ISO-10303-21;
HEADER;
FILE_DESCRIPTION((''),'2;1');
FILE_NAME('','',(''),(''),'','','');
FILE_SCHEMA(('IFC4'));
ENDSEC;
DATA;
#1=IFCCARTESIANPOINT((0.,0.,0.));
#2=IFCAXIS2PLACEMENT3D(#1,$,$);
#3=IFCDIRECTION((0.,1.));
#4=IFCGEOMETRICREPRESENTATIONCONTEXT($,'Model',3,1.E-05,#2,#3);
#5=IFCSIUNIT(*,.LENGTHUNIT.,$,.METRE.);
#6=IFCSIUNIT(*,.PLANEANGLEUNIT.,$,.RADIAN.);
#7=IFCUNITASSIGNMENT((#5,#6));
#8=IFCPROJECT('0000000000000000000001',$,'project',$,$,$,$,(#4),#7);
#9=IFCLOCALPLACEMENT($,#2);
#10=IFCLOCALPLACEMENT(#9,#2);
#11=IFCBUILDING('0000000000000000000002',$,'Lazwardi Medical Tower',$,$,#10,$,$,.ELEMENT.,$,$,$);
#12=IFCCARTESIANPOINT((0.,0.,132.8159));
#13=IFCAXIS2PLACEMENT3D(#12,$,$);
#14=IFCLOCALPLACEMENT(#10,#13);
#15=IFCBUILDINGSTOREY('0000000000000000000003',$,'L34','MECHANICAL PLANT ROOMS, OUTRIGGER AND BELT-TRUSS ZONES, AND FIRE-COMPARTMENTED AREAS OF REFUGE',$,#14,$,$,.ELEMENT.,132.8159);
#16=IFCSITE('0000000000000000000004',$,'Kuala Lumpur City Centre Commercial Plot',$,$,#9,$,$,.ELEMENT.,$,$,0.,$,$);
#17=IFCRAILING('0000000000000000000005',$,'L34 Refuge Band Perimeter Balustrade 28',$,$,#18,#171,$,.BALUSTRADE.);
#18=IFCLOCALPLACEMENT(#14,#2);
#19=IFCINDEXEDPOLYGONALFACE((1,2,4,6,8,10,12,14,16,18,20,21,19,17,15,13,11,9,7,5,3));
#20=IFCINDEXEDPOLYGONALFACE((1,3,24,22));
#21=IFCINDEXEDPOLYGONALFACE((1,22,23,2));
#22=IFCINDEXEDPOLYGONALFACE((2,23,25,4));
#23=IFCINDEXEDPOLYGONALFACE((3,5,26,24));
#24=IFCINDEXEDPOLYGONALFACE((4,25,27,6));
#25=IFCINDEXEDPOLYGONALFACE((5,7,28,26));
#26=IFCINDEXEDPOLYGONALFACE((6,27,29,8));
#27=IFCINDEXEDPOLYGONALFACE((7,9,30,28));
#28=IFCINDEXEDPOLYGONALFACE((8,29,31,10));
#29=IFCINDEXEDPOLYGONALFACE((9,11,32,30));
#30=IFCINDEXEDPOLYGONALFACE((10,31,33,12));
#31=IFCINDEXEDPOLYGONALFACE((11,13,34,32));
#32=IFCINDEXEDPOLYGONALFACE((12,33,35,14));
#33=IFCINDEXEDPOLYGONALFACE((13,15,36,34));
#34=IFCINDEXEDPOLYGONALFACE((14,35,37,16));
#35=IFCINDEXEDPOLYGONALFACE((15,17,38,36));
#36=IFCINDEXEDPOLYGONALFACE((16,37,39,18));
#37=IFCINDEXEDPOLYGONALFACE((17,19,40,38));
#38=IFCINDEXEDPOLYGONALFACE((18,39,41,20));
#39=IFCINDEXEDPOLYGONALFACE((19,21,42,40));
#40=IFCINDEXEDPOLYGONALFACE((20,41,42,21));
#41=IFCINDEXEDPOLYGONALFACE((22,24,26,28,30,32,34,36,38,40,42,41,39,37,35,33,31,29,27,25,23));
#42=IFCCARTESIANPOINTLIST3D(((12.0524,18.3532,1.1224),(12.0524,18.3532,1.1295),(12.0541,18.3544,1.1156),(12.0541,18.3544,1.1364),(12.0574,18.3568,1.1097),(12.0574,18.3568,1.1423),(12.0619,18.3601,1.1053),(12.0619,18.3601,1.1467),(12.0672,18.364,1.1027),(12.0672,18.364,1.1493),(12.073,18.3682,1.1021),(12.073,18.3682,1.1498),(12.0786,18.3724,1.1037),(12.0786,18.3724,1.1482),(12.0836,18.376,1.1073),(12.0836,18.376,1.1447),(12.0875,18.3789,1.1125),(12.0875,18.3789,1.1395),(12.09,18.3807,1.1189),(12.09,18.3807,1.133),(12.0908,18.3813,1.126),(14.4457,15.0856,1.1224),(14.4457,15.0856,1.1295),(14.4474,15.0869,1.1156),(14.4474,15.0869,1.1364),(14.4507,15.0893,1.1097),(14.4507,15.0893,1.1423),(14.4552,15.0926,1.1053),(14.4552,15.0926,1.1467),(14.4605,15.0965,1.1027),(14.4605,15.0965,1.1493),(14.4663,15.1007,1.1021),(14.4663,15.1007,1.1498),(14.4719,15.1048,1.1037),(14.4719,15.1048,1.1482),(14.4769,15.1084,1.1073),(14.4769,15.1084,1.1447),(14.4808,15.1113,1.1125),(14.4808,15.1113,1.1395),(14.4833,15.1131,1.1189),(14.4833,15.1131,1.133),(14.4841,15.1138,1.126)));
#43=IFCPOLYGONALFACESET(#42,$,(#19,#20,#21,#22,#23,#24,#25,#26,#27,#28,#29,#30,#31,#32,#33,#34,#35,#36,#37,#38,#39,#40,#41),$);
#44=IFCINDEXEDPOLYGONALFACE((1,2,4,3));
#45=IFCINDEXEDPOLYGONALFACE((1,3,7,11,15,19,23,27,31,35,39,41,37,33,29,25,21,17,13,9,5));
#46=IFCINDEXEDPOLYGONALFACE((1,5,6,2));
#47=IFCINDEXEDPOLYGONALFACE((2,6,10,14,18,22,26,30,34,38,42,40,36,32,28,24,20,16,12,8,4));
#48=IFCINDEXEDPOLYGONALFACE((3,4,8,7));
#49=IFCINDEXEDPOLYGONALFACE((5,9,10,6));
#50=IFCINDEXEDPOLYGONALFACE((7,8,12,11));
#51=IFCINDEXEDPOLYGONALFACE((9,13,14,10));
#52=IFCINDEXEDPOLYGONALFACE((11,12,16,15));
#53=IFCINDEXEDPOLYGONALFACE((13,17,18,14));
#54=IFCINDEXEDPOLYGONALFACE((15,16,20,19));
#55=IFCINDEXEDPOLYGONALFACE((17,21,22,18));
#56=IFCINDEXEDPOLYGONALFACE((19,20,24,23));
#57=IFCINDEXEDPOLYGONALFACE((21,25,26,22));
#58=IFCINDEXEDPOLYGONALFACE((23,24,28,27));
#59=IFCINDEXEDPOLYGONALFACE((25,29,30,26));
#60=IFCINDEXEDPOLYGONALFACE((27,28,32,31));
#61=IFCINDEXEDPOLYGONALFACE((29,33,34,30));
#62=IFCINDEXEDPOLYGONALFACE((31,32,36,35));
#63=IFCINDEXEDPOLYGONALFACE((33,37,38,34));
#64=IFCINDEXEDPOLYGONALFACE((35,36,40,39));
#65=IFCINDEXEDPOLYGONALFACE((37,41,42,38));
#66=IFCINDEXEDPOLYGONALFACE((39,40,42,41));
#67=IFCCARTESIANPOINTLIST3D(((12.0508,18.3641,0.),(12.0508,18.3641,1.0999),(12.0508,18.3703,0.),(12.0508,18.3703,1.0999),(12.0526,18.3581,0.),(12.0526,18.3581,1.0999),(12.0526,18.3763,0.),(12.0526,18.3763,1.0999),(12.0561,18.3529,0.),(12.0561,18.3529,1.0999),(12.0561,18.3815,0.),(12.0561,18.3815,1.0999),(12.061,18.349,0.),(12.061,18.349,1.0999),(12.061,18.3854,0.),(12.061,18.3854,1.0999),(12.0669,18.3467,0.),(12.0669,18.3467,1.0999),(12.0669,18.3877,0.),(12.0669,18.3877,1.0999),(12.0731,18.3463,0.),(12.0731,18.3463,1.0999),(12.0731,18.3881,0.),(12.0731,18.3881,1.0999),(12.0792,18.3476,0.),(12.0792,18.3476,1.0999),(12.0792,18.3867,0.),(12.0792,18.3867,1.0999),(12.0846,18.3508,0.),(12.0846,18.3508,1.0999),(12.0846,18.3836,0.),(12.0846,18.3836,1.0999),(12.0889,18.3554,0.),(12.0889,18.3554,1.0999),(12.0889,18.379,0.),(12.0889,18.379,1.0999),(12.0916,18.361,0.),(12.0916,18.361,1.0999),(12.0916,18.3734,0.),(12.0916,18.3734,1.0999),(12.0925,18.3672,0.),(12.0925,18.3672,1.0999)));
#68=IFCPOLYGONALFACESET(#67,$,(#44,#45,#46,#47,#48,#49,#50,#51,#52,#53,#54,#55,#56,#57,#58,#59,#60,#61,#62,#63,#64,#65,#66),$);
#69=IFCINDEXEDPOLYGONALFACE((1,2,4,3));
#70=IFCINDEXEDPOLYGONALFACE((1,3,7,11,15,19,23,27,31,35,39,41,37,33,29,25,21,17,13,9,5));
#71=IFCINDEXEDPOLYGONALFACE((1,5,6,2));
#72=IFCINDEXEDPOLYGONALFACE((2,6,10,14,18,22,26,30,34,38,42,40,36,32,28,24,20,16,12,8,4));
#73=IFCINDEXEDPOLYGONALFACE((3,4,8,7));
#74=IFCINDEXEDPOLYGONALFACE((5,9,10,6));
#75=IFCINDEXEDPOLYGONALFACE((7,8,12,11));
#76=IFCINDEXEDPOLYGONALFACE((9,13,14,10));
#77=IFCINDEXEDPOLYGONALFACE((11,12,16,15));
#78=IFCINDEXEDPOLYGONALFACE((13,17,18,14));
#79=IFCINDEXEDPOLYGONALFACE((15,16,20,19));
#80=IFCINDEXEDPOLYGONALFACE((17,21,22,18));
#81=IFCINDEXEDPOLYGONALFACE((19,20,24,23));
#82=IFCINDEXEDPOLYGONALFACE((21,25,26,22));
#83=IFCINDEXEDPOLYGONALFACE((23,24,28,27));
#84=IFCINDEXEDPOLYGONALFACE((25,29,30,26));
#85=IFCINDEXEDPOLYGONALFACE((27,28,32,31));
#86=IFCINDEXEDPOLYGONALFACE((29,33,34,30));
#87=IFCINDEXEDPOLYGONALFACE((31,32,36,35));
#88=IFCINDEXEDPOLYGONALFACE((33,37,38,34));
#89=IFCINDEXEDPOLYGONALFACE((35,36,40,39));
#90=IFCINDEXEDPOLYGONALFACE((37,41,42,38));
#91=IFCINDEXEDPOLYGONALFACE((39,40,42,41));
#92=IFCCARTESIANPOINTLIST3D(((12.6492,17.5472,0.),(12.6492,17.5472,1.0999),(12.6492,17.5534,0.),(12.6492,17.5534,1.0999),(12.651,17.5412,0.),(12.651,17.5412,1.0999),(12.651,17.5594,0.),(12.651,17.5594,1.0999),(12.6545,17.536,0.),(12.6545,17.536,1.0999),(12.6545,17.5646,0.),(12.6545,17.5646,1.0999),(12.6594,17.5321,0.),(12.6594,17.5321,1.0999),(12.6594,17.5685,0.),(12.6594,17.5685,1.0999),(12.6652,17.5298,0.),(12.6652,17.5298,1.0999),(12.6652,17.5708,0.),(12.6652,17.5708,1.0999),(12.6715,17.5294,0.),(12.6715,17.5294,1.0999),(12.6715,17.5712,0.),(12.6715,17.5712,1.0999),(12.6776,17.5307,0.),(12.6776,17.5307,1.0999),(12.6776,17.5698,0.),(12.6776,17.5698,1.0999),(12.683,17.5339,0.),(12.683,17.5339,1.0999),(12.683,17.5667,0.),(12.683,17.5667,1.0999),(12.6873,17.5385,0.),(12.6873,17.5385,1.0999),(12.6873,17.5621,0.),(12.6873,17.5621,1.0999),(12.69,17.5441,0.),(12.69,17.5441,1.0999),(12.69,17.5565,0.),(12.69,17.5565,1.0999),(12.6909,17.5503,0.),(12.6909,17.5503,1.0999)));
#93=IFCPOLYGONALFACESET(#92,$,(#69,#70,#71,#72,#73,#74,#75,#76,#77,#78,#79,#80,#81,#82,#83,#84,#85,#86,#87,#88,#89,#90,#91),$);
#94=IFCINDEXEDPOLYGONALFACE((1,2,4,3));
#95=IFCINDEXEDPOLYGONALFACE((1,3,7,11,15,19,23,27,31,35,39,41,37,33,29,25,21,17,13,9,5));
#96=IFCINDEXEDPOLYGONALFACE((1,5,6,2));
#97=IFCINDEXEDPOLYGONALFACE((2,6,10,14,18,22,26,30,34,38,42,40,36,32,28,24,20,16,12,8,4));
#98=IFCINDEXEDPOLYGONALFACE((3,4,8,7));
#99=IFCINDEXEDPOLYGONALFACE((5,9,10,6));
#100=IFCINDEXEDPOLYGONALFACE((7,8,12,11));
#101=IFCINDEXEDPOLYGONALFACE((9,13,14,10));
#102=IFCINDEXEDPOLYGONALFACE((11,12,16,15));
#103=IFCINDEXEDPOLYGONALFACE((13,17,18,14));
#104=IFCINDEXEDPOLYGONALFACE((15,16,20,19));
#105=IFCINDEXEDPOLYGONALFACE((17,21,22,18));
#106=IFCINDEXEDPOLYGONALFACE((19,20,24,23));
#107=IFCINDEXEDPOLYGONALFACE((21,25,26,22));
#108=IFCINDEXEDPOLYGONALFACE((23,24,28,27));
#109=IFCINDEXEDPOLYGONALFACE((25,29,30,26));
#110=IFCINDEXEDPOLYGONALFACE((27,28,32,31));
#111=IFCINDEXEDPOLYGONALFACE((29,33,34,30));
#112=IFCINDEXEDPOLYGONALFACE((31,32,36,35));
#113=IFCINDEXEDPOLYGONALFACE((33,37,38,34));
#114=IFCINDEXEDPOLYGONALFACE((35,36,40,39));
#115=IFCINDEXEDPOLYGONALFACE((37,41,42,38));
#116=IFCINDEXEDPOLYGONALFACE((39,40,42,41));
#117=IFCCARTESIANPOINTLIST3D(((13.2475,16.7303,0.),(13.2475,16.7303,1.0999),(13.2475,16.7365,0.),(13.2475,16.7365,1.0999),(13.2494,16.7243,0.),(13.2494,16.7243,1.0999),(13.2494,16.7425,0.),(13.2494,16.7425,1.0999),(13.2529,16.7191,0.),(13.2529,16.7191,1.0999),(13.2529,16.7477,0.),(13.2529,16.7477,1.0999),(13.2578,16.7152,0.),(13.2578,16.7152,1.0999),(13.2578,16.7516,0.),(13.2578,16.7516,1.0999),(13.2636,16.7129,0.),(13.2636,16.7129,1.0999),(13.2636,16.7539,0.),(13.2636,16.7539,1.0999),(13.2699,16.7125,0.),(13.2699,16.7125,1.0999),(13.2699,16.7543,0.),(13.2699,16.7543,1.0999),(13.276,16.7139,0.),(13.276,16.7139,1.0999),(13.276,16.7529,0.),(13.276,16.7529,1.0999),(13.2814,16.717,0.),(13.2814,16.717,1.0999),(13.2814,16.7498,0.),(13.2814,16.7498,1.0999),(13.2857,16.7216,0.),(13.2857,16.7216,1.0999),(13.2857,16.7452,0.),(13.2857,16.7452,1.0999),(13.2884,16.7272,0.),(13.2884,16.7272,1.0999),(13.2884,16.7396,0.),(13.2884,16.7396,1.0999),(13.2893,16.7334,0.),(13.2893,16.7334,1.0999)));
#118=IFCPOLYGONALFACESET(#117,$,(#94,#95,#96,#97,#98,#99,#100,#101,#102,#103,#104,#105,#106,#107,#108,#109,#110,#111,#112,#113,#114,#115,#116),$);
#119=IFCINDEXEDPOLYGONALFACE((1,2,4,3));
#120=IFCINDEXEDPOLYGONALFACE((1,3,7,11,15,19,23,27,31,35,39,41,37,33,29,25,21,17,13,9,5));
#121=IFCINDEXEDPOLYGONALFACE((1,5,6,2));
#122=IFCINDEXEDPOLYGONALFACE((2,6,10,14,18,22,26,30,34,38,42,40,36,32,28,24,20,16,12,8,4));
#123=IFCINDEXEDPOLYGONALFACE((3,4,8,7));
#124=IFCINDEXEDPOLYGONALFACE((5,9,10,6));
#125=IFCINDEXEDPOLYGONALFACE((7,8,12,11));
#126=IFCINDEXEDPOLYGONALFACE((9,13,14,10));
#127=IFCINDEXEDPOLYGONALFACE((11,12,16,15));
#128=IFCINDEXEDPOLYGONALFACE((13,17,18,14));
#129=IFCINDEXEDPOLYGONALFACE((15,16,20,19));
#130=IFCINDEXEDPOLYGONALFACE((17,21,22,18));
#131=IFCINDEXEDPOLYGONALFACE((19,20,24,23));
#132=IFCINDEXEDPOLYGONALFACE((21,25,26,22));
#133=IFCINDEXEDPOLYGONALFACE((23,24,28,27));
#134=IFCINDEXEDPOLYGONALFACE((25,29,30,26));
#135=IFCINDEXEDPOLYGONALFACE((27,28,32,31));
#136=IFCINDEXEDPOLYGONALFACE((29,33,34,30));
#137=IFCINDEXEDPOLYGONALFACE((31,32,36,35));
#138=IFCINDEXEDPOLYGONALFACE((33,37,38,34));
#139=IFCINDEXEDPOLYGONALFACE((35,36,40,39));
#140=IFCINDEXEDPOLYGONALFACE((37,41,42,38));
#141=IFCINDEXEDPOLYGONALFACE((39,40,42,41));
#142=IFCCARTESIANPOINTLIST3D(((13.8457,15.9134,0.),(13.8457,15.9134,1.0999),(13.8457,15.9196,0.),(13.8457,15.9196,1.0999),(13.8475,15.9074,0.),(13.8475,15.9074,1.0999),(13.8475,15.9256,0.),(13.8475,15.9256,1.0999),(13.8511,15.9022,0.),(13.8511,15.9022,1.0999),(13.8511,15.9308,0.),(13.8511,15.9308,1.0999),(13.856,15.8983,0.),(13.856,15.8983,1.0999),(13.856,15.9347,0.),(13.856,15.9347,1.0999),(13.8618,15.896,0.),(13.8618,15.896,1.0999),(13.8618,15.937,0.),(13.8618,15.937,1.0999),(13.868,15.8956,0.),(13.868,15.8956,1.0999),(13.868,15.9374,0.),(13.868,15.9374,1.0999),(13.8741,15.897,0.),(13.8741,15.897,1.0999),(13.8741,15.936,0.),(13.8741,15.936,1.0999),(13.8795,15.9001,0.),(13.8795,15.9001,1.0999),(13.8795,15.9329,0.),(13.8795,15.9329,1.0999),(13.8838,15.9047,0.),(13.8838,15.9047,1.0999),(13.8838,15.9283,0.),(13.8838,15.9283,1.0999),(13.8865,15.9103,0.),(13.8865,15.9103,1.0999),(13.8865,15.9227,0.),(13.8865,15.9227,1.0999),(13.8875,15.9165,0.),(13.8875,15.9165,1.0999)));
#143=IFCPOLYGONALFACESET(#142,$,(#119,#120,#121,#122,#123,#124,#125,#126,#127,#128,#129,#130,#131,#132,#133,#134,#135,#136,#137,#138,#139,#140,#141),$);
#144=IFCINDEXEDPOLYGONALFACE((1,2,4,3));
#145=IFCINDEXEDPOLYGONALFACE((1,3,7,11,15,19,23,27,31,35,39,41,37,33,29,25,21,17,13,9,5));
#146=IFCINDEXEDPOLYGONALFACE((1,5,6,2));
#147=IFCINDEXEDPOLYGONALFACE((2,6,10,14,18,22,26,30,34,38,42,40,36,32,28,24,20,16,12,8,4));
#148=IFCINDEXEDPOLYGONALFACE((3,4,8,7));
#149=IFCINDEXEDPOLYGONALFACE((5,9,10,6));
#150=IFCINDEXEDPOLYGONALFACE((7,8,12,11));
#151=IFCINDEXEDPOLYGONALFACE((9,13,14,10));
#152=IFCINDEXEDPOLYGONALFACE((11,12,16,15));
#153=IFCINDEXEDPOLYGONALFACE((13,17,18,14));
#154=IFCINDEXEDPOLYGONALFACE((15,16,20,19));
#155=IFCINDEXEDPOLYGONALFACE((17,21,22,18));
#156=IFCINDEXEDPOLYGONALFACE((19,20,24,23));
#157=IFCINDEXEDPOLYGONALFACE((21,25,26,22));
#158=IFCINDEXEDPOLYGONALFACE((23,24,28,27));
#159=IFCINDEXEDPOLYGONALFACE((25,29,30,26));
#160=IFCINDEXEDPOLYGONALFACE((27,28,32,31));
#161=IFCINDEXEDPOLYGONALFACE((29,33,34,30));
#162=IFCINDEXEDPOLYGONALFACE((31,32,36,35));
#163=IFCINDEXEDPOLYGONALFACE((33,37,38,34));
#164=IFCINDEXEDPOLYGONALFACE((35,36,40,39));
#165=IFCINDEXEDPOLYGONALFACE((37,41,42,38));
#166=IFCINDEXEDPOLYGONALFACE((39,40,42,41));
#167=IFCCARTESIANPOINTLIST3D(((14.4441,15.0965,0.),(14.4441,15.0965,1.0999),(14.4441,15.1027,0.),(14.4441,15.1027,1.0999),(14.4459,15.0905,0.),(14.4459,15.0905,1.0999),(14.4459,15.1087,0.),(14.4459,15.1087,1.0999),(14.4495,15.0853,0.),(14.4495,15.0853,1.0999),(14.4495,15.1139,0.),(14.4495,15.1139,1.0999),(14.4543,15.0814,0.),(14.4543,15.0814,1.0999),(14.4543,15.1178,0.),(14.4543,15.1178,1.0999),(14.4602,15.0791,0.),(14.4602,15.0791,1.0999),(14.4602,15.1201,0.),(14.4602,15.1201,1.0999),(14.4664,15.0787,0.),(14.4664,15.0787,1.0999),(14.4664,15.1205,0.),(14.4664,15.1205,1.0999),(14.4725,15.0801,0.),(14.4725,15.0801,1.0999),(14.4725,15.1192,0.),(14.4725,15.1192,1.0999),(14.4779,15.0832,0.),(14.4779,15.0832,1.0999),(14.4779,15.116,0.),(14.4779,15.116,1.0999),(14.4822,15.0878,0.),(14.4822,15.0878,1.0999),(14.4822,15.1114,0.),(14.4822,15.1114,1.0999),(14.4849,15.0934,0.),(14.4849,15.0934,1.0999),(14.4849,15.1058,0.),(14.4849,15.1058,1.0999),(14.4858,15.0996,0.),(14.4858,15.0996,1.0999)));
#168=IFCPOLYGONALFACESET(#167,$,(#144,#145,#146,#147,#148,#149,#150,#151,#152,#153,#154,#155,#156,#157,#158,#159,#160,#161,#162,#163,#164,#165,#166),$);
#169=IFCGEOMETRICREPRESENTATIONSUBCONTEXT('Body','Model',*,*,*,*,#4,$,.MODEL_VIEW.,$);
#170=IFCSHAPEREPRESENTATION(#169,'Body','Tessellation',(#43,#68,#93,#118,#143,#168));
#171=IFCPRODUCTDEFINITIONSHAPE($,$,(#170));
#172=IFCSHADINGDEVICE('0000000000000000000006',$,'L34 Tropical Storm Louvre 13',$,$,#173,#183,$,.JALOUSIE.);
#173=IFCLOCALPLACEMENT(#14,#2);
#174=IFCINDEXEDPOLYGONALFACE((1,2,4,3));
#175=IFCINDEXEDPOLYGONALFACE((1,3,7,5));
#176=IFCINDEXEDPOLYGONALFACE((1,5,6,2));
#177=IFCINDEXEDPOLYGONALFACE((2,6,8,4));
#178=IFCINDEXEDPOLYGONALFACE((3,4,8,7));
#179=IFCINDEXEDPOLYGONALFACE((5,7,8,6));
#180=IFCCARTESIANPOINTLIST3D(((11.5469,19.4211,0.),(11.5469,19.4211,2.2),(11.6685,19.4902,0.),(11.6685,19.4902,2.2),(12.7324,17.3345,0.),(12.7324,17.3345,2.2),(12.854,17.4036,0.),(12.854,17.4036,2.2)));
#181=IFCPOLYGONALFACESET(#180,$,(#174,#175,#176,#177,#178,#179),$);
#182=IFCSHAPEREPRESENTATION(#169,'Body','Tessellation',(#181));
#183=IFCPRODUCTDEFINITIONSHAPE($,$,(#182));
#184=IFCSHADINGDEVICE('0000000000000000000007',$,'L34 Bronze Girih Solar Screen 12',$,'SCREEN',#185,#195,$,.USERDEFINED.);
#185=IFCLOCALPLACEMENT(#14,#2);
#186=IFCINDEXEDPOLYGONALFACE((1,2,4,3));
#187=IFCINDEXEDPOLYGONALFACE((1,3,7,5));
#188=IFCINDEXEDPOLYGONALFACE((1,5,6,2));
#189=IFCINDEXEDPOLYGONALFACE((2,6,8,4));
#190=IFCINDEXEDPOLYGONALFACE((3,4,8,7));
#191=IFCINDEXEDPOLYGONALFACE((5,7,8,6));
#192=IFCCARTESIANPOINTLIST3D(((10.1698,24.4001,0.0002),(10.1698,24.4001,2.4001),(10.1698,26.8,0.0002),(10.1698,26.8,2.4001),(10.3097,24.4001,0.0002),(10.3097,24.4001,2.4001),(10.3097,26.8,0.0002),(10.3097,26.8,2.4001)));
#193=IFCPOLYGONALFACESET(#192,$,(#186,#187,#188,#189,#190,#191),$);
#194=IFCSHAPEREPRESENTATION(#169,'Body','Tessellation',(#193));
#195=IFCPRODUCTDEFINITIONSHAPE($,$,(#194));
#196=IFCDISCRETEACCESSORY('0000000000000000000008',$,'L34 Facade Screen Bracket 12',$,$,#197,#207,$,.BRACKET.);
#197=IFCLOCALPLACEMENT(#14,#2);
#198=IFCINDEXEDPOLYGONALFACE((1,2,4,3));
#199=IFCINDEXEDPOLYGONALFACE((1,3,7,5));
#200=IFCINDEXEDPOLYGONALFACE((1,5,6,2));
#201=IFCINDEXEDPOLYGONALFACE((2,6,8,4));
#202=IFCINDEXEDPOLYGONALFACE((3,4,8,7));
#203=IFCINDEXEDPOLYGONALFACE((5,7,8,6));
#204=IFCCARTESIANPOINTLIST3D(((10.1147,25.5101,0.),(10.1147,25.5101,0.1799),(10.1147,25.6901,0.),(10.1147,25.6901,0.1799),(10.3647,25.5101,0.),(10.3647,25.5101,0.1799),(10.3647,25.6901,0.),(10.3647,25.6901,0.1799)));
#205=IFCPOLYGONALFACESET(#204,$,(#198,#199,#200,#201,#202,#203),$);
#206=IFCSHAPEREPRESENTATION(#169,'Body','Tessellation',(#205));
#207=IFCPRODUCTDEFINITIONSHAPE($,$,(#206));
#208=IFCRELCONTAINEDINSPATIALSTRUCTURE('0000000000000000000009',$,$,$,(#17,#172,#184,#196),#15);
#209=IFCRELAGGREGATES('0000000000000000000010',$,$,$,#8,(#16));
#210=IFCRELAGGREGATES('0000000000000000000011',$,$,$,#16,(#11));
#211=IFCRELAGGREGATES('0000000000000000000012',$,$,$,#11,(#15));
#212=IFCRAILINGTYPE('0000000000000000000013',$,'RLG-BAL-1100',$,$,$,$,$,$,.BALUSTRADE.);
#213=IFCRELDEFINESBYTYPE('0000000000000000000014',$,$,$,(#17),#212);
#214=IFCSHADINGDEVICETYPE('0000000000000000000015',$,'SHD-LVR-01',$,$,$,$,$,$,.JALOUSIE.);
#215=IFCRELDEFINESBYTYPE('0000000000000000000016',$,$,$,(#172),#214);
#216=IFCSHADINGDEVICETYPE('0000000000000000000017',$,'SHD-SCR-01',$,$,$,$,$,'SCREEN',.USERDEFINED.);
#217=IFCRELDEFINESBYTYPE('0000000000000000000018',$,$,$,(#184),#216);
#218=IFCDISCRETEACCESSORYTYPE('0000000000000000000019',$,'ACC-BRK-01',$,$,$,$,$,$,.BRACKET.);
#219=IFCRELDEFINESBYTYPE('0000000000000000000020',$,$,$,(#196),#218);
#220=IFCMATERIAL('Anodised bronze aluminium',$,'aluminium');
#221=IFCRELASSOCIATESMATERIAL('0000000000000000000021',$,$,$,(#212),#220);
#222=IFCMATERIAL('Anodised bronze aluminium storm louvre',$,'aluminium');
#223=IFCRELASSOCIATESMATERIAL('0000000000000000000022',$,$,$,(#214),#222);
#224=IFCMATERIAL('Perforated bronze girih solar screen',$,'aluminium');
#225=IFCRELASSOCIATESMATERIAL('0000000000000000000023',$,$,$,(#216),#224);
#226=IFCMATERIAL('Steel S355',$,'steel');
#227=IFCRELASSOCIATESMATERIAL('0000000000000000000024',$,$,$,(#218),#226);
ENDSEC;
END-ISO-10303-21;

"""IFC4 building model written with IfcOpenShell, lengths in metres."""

from ifc_helpers import new_model, si_unit, direction, frame, origin, origin_2d, place, context, subcontext, project, spatial, rectangle, circle, extrude, material, type_object, element, save


model = new_model("IFC4")

# Units and contexts
model_context = context("Model", 3, precision=1e-05, world=origin(), true_north=direction((0.0, 1.0)))
body_context = subcontext(model_context, "Body", "Model", "MODEL_VIEW")
ifc_project = project(units=[si_unit("LENGTHUNIT", "METRE"), si_unit("PLANEANGLEUNIT", "RADIAN")], contexts=[model_context])

# Site, building, storey
site_placement = place(None, origin())
site = spatial("IfcSite", under=ifc_project, at=site_placement, Name="Kuala Lumpur City Centre Commercial Plot", CompositionType="ELEMENT", RefElevation=0.0)
building_placement = place(site_placement, origin())
building = spatial("IfcBuilding", under=site, at=building_placement, Name="Lazwardi Medical Tower", CompositionType="ELEMENT")
storey_placement = place(building_placement, frame((0.0, 0.0, 132.8159)))
storey = spatial("IfcBuildingStorey", under=building, at=storey_placement, Name="L34", Description="MECHANICAL PLANT ROOMS, OUTRIGGER AND BELT-TRUSS ZONES, AND FIRE-COMPARTMENTED AREAS OF REFUGE", CompositionType="ELEMENT", Elevation=132.8159)

# Shared definitions
ifc_material_1 = material(Name="Steel S355", Category="steel")

# Railing
ifc_material_2 = material(Name="Anodised bronze aluminium", Category="aluminium")
railing_type = type_object("IfcRailingType", Name="RLG-BAL-1100", PredefinedType="BALUSTRADE", material=ifc_material_2)
railing_1_placement = place(storey_placement, frame((12.0715, 18.3672, 0.0)))
element("IfcRailing", 1, at=railing_1_placement, inside=storey, type_object=railing_type, Name="L34 Refuge Band Perimeter Balustrade 28", PredefinedType="BALUSTRADE", context=body_context, shape_type="SweptSolid", body=[
    extrude(circle(Radius=0.0239, at=origin_2d()), frame((0.0, 0.0, 1.126), z_axis=(0.590896, -0.806748, 0.0), x_axis=(0.806748, 0.590896, 0.0)), (0.0, 0.0, 1.0), 4.0503),
    extrude(circle(Radius=0.021, at=origin_2d()), origin(), (0.0, 0.0, 1.0), 1.0999),
    extrude(circle(Radius=0.021, at=origin_2d()), frame((0.5984, -0.8169, 0.0)), (0.0, 0.0, 1.0), 1.0999),
    extrude(circle(Radius=0.021, at=origin_2d()), frame((1.1968, -1.6338, 0.0)), (0.0, 0.0, 1.0), 1.0999),
    extrude(circle(Radius=0.021, at=origin_2d()), frame((1.7949, -2.4507, 0.0)), (0.0, 0.0, 1.0), 1.0999),
    extrude(circle(Radius=0.021, at=origin_2d()), frame((2.3933, -3.2676, 0.0)), (0.0, 0.0, 1.0), 1.0999),
])

# Shading devices
ifc_material_3 = material(Name="Anodised bronze aluminium storm louvre", Category="aluminium")
shading_device_type_1 = type_object("IfcShadingDeviceType", Name="SHD-LVR-01", PredefinedType="JALOUSIE", material=ifc_material_3)
shading_device_1_placement = place(storey_placement, frame((12.2004, 18.4124, 0.0), z_axis=(0.0, 0.0, 1.0), x_axis=(0.493968, -0.86948, 0.0)))
element("IfcShadingDevice", 2, at=shading_device_1_placement, inside=storey, type_object=shading_device_type_1, Name="L34 Tropical Storm Louvre 13", PredefinedType="JALOUSIE", context=body_context, shape_type="SweptSolid", body=[
    extrude(rectangle(XDim=2.3999, YDim=0.1399, at=origin_2d()), origin(), (0.0, 0.0, 1.0), 2.2),
])
ifc_material_4 = material(Name="Perforated bronze girih solar screen", Category="aluminium")
shading_device_type_2 = type_object("IfcShadingDeviceType", Name="SHD-SCR-01", ElementType="SCREEN", PredefinedType="USERDEFINED", material=ifc_material_4)
shading_device_2_placement = place(storey_placement, frame((10.2397, 25.6001, 0.0002), z_axis=(0.0, 0.0, 1.0), x_axis=(0.0, -1.0, 0.0)))
element("IfcShadingDevice", 3, at=shading_device_2_placement, inside=storey, type_object=shading_device_type_2, Name="L34 Bronze Girih Solar Screen 12", ObjectType="SCREEN", PredefinedType="USERDEFINED", context=body_context, shape_type="SweptSolid", body=[
    extrude(rectangle(XDim=2.3999, YDim=0.1399, at=origin_2d()), origin(), (0.0, 0.0, 1.0), 2.3999),
])

# Discrete accessory
discrete_accessory_type = type_object("IfcDiscreteAccessoryType", Name="ACC-BRK-01", PredefinedType="BRACKET", material=ifc_material_1)
for number, where, z_axis, x_axis, name in (
    (4, (10.2397, 25.6001, 0.0), (0.0, 0.0, 1.0), (0.0, -1.0, 0.0), "L34 Facade Screen Bracket 12"),
):
    element("IfcDiscreteAccessory", number, at=place(storey_placement, frame(where, z_axis=z_axis, x_axis=x_axis)), inside=storey, type_object=discrete_accessory_type, Name=name, PredefinedType="BRACKET", context=body_context, shape_type="SweptSolid", body=[
        extrude(rectangle(XDim=0.1799, YDim=0.25, at=origin_2d()), origin(), (0.0, 0.0, 1.0), 0.1799),
    ])

save(model, "model.ifc")
